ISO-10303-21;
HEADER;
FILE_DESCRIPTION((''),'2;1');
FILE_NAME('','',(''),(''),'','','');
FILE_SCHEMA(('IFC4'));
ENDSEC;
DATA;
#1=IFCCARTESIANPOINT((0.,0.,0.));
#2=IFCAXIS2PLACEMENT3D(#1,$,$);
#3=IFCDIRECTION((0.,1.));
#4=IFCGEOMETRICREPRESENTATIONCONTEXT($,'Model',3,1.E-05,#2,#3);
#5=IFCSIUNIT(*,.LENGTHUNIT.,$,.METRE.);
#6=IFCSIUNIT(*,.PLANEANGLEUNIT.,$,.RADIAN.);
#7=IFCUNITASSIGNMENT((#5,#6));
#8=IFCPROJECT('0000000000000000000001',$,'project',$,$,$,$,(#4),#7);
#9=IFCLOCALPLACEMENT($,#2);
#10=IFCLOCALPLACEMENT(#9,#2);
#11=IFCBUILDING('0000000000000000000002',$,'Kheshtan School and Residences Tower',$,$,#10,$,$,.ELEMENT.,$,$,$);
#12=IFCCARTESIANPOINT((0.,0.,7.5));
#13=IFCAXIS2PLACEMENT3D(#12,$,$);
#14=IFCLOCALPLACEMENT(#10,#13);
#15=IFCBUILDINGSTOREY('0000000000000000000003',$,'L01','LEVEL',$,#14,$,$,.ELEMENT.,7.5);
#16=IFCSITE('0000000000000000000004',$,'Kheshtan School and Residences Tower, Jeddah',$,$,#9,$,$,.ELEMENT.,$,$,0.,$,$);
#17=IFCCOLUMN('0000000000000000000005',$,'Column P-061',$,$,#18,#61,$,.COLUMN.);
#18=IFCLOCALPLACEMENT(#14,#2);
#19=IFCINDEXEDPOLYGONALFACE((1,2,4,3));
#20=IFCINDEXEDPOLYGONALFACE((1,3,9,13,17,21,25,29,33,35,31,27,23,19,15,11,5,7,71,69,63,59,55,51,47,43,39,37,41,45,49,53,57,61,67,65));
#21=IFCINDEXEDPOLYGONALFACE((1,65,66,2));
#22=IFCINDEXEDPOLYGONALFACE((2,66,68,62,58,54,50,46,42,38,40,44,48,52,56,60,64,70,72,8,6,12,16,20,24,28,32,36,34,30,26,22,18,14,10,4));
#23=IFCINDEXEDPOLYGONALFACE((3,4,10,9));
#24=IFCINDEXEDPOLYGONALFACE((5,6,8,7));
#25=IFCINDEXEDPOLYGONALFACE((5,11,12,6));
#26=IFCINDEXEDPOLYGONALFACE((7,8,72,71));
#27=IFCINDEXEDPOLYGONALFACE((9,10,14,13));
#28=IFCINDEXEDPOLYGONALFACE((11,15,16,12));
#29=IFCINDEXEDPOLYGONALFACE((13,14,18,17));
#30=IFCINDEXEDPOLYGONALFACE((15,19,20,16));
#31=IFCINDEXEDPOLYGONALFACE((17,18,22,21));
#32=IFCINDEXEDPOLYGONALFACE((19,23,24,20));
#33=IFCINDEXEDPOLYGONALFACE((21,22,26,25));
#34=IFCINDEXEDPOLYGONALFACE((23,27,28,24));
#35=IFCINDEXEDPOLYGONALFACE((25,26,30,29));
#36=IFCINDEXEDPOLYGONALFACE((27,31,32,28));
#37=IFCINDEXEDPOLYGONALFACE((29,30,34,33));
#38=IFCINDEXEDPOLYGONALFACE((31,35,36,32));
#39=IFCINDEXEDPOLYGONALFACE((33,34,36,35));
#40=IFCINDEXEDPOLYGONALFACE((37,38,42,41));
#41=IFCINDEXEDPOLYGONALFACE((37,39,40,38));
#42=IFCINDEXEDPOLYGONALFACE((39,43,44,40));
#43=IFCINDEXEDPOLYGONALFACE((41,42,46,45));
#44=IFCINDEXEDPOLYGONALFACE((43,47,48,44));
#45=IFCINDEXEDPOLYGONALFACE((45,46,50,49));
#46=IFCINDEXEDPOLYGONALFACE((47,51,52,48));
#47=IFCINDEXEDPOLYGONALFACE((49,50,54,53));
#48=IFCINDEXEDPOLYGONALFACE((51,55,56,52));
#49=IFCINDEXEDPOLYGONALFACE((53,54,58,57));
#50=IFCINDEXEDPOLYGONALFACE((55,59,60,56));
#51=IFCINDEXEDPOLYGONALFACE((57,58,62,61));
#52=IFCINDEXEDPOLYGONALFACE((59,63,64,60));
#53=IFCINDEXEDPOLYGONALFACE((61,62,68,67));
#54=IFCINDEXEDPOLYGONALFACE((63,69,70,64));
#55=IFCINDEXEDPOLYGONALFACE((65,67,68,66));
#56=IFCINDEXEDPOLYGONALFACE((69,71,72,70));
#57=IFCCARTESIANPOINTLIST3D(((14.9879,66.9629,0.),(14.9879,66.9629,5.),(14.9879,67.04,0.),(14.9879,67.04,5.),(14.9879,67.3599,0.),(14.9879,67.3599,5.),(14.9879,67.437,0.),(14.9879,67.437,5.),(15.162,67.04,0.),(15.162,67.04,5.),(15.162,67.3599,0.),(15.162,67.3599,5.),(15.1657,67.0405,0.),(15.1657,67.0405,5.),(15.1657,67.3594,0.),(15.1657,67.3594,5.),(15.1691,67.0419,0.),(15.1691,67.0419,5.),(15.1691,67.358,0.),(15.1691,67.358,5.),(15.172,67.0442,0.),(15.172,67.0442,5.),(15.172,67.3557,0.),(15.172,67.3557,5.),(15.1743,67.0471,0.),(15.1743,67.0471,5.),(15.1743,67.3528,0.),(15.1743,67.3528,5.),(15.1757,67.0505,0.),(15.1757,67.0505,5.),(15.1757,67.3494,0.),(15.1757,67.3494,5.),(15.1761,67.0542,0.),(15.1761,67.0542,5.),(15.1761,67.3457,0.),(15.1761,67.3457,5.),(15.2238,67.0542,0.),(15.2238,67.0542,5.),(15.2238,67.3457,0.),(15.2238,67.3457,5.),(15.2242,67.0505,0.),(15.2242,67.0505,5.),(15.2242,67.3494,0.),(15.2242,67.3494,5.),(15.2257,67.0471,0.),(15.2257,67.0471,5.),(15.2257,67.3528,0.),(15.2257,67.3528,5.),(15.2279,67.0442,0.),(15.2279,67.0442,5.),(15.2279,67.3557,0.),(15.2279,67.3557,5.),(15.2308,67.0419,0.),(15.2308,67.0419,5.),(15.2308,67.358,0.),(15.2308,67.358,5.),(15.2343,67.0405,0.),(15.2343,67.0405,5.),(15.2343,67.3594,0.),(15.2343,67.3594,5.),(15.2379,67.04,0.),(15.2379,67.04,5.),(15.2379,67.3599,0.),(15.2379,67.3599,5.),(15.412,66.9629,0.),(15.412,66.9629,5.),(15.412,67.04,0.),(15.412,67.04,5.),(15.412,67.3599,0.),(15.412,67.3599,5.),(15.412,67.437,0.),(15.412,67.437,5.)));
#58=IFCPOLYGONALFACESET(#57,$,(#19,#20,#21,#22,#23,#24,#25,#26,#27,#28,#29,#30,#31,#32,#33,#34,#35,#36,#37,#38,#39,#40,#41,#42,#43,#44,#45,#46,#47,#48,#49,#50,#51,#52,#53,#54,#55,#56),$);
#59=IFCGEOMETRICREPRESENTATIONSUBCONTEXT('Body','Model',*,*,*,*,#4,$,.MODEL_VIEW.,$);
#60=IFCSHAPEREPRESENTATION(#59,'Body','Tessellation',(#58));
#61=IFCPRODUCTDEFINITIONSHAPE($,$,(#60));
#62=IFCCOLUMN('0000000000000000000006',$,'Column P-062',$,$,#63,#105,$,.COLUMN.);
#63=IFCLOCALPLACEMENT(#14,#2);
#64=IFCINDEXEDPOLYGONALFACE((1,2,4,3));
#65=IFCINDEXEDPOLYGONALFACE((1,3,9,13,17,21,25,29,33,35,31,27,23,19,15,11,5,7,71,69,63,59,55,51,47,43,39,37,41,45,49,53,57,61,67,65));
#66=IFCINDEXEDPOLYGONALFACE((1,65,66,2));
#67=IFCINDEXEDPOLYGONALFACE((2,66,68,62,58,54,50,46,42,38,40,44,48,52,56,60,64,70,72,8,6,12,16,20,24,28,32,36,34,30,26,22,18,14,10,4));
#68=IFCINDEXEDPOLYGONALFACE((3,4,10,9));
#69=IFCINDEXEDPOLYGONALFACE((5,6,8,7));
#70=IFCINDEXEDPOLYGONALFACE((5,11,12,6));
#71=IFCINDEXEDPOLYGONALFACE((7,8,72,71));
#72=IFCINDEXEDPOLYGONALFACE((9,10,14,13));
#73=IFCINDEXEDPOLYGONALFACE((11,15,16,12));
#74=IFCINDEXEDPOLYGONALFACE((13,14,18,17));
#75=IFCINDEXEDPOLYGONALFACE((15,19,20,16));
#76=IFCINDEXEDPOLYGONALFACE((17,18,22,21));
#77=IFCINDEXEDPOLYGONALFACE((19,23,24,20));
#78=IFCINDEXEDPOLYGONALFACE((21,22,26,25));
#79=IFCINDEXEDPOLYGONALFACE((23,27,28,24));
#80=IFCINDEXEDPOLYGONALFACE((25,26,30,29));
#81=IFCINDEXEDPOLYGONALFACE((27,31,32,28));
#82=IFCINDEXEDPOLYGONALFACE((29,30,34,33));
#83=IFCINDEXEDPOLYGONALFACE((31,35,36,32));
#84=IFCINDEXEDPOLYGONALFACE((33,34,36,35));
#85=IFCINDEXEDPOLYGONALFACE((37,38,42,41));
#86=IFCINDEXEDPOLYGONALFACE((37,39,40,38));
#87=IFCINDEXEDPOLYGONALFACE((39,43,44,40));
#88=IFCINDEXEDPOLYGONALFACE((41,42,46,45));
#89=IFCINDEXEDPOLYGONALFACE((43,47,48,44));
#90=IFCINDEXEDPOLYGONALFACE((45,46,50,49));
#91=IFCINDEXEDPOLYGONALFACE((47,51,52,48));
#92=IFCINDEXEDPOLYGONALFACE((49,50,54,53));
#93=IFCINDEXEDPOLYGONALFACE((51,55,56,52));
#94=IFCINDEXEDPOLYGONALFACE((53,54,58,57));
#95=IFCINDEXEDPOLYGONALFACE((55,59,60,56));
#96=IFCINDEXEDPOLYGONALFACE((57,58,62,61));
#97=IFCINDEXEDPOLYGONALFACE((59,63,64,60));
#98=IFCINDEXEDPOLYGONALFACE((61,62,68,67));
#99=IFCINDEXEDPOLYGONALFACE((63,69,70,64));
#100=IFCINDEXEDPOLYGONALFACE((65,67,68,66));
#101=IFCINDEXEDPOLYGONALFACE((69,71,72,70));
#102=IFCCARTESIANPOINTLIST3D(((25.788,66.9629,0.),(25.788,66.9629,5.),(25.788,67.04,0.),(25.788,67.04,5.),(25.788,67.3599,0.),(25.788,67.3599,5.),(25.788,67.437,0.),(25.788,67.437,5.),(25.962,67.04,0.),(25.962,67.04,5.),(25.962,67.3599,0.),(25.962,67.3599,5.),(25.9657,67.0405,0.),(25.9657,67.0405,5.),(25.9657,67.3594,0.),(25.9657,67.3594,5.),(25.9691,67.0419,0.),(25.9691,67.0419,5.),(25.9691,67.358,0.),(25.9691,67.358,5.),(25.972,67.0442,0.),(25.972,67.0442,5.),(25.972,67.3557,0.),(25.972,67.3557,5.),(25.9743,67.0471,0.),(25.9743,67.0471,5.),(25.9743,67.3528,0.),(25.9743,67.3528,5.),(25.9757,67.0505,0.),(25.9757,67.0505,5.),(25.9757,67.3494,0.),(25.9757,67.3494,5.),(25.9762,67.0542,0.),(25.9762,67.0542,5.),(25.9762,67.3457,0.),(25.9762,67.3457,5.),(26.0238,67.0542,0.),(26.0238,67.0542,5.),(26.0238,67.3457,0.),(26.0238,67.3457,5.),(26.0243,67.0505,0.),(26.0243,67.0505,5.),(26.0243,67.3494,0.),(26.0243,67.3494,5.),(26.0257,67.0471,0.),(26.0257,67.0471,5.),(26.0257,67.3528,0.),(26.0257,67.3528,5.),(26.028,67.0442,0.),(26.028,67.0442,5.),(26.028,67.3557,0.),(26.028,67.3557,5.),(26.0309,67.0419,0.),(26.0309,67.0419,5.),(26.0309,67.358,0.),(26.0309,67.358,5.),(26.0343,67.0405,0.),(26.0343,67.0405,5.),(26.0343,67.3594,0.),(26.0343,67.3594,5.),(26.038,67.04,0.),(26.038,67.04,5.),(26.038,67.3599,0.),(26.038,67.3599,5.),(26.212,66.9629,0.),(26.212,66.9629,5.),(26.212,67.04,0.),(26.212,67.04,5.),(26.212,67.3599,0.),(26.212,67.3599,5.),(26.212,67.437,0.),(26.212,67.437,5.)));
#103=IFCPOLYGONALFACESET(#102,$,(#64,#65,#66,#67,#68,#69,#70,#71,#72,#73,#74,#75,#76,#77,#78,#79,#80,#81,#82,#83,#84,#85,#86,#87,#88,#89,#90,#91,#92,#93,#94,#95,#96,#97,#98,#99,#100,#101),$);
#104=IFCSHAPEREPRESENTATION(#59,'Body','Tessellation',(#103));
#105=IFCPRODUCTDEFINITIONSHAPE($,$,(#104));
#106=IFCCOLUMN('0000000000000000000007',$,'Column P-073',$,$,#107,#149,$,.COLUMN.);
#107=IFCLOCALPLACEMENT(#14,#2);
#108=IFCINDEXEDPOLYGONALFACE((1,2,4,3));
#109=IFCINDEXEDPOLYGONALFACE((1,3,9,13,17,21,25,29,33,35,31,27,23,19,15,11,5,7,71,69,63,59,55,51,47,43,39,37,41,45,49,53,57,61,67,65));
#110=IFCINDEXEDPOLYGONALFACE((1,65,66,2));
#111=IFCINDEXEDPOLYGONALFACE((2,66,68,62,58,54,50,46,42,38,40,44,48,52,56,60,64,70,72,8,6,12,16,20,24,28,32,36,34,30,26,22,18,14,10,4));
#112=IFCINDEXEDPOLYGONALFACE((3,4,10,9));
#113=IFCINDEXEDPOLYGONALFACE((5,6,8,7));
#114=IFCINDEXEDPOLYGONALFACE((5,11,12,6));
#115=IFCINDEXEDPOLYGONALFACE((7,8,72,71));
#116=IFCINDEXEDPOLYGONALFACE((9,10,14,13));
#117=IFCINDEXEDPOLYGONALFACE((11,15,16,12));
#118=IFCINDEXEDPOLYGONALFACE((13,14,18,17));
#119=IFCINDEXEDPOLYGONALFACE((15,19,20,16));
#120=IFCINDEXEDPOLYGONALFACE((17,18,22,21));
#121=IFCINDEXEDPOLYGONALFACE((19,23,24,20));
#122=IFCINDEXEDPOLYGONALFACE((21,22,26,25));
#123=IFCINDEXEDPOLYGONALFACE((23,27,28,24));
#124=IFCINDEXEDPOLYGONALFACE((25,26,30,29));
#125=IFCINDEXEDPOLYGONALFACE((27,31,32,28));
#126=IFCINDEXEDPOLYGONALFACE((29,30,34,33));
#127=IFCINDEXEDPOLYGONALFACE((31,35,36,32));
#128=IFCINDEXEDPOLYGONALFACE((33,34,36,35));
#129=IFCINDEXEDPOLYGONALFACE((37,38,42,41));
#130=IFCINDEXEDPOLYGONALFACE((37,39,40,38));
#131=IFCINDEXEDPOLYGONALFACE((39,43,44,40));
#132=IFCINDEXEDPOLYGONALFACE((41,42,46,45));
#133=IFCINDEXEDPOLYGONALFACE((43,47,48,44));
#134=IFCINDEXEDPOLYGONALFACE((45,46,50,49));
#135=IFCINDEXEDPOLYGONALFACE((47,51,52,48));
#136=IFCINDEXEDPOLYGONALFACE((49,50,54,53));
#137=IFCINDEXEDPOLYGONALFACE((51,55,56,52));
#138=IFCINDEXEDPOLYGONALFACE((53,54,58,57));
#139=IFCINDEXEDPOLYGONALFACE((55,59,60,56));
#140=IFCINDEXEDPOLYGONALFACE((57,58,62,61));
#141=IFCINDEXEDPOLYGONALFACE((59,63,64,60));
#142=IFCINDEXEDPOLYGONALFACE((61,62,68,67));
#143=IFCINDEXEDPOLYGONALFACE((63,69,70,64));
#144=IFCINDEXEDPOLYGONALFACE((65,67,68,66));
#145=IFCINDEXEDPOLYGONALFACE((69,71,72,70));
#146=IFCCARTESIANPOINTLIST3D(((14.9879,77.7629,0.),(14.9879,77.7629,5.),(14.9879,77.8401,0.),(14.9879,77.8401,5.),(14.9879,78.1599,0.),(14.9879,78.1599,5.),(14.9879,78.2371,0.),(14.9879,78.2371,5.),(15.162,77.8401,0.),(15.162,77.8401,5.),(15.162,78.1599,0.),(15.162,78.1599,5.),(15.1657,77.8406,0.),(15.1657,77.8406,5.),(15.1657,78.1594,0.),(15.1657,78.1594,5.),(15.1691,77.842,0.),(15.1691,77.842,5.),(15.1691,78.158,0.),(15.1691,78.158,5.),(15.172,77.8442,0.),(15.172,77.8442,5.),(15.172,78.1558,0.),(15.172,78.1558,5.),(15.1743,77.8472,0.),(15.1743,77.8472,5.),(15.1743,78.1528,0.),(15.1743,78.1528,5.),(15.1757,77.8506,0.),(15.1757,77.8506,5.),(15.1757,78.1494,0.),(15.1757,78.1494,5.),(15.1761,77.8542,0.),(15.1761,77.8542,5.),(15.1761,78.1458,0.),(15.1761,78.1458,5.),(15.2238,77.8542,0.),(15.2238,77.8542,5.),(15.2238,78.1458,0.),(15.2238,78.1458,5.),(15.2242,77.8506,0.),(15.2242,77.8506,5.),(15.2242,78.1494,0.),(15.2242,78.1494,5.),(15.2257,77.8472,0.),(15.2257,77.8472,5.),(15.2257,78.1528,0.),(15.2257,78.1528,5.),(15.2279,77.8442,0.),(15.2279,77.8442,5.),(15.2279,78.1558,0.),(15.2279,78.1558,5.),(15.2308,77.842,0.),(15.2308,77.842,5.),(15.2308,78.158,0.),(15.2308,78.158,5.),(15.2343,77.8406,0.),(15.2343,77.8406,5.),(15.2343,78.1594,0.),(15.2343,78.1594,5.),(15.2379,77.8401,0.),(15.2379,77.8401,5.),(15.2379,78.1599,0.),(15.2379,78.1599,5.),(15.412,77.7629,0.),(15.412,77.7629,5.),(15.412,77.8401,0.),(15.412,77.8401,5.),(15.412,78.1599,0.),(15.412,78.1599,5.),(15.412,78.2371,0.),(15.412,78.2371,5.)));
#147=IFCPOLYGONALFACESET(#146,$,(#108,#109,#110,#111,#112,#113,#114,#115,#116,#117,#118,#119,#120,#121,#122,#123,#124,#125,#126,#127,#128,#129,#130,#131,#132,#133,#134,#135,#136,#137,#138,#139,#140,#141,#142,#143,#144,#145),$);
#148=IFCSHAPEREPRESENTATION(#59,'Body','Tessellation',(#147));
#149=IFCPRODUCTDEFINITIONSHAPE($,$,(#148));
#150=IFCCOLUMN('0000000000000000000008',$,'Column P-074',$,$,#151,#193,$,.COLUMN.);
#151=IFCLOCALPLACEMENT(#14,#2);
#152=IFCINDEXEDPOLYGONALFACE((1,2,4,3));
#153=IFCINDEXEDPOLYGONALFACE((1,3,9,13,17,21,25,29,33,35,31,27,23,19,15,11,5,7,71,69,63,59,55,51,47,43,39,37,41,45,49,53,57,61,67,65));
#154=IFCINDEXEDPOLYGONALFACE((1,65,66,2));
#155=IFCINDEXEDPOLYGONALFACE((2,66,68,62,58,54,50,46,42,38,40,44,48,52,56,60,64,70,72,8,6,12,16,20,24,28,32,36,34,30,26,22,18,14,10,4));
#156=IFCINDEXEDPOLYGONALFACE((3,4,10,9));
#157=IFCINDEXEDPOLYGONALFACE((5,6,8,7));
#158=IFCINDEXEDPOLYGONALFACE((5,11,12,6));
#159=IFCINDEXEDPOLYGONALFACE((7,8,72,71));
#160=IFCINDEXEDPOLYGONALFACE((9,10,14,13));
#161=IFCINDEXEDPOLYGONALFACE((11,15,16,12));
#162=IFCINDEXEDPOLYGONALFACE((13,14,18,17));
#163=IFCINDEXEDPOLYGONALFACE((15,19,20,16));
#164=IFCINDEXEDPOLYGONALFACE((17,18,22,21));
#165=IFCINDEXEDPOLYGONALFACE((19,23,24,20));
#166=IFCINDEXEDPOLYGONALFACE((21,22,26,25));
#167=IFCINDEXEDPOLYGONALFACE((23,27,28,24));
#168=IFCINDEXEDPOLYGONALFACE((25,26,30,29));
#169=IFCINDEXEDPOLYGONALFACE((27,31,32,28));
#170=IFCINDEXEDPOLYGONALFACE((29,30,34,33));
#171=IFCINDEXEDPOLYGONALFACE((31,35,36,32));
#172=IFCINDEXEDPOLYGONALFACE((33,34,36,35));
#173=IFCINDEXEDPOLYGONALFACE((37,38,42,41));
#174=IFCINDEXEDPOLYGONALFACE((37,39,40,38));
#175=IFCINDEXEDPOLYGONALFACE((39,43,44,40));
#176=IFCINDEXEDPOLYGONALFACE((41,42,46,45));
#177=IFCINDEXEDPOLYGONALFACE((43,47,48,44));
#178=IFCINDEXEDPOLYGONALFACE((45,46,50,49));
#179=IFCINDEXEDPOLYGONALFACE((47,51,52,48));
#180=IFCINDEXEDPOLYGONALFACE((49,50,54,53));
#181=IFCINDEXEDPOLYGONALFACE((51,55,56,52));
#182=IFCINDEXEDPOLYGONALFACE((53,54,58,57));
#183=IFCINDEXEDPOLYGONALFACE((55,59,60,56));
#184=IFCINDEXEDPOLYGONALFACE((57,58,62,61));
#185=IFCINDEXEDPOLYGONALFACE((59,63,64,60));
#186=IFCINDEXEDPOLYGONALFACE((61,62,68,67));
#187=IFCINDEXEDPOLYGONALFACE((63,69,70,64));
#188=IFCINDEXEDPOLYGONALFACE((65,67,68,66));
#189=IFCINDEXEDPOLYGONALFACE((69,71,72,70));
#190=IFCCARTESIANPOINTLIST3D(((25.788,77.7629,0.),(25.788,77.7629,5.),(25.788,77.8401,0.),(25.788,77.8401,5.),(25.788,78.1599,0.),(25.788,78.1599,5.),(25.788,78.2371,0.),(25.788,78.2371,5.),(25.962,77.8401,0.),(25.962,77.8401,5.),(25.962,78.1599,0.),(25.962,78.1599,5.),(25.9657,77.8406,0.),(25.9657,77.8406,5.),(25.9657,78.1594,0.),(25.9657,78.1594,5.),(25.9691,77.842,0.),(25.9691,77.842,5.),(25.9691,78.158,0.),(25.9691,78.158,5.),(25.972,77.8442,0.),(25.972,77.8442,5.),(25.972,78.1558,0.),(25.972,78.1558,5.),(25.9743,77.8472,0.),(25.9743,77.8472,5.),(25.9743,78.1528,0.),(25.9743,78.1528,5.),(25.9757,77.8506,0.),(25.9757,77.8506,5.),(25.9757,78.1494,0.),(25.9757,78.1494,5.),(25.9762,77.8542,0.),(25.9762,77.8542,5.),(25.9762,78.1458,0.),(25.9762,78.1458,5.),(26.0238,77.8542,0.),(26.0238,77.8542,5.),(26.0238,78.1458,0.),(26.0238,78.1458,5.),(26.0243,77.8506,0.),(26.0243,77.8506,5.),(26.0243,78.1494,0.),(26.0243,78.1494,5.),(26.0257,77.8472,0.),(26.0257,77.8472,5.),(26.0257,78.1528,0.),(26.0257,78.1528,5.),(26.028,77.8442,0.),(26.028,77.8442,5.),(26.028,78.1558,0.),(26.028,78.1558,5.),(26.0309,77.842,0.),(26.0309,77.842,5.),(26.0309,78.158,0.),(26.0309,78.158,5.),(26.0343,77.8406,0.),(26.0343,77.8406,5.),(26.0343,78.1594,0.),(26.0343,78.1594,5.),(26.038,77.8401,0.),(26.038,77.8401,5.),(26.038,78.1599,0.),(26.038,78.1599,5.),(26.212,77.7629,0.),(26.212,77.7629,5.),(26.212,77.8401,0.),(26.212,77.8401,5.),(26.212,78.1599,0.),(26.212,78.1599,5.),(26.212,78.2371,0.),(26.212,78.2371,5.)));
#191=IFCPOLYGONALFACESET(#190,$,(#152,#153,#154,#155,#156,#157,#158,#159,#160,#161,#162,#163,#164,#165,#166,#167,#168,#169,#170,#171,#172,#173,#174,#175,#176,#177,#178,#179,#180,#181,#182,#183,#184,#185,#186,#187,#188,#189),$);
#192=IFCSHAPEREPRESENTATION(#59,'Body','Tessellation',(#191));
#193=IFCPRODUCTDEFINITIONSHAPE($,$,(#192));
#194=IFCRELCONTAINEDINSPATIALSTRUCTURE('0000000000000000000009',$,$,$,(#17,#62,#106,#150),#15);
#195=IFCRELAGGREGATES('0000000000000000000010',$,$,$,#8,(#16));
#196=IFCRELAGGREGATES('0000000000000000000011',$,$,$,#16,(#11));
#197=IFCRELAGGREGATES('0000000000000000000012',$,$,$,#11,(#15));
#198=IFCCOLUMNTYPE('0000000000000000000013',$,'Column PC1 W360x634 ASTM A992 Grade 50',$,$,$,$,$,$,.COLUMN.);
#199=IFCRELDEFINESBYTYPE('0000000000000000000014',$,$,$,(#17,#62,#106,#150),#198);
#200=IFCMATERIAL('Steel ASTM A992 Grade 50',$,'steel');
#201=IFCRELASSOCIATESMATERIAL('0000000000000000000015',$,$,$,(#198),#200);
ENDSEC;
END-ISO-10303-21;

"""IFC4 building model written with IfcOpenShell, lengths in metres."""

from ifc_helpers import new_model, si_unit, direction, frame, origin, origin_2d, place, context, subcontext, project, spatial, i_section, extrude, material, material_profile, profile_set, type_object, element, save


model = new_model("IFC4")

# Units and contexts
model_context = context("Model", 3, precision=1e-05, world=origin(), true_north=direction((0.0, 1.0)))
body_context = subcontext(model_context, "Body", "Model", "MODEL_VIEW")
ifc_project = project(units=[si_unit("LENGTHUNIT", "METRE"), si_unit("PLANEANGLEUNIT", "RADIAN")], contexts=[model_context])

# Site, building, storey
site_placement = place(None, origin())
site = spatial("IfcSite", under=ifc_project, at=site_placement, Name="Kheshtan School and Residences Tower, Jeddah", CompositionType="ELEMENT", RefElevation=0.0)
building_placement = place(site_placement, origin())
building = spatial("IfcBuilding", under=site, at=building_placement, Name="Kheshtan School and Residences Tower", CompositionType="ELEMENT")
storey_placement = place(building_placement, frame((0.0, 0.0, 7.5)))
storey = spatial("IfcBuildingStorey", under=building, at=storey_placement, Name="L01", Description="LEVEL", CompositionType="ELEMENT", Elevation=7.5)

# Columns
ifc_material_1 = material(Name="Steel ASTM A992 Grade 50", Category="steel")
ifc_material_profile_1 = material_profile(ifc_material_1, i_section(OverallWidth=0.4241, OverallDepth=0.4741, WebThickness=0.0476, FlangeThickness=0.0771, FilletRadius=0.0142, at=origin_2d()), Name="W360x634")
ifc_profile_set_1 = profile_set([ifc_material_profile_1], Name="Steel ASTM A992 Grade 50")
column_type = type_object("IfcColumnType", Name="Column PC1 W360x634 ASTM A992 Grade 50", PredefinedType="COLUMN", material=ifc_profile_set_1)
for number, where, z_axis, x_axis, name in (
    (1, (15.2, 67.2, 0.0), (0.0, 0.0, 1.0), (1.0, 0.0, 0.0), "Column P-061"),
    (2, (26.0, 67.2, 0.0), (0.0, 0.0, 1.0), (1.0, 0.0, 0.0), "Column P-062"),
    (3, (15.2, 78.0, 0.0), (0.0, 0.0, 1.0), (1.0, 0.0, 0.0), "Column P-073"),
    (4, (26.0, 78.0, 0.0), (0.0, 0.0, 1.0), (1.0, 0.0, 0.0), "Column P-074"),
):
    element("IfcColumn", number, at=place(storey_placement, frame(where, z_axis=z_axis, x_axis=x_axis)), inside=storey, type_object=column_type, Name=name, PredefinedType="COLUMN", context=body_context, shape_type="SweptSolid", body=[
        extrude(i_section(OverallWidth=0.4241, OverallDepth=0.4741, WebThickness=0.0476, FlangeThickness=0.0771, FilletRadius=0.0142, at=origin_2d()), origin(), (0.0, 0.0, 1.0), 5.0),
    ])

save(model, "model.ifc")
